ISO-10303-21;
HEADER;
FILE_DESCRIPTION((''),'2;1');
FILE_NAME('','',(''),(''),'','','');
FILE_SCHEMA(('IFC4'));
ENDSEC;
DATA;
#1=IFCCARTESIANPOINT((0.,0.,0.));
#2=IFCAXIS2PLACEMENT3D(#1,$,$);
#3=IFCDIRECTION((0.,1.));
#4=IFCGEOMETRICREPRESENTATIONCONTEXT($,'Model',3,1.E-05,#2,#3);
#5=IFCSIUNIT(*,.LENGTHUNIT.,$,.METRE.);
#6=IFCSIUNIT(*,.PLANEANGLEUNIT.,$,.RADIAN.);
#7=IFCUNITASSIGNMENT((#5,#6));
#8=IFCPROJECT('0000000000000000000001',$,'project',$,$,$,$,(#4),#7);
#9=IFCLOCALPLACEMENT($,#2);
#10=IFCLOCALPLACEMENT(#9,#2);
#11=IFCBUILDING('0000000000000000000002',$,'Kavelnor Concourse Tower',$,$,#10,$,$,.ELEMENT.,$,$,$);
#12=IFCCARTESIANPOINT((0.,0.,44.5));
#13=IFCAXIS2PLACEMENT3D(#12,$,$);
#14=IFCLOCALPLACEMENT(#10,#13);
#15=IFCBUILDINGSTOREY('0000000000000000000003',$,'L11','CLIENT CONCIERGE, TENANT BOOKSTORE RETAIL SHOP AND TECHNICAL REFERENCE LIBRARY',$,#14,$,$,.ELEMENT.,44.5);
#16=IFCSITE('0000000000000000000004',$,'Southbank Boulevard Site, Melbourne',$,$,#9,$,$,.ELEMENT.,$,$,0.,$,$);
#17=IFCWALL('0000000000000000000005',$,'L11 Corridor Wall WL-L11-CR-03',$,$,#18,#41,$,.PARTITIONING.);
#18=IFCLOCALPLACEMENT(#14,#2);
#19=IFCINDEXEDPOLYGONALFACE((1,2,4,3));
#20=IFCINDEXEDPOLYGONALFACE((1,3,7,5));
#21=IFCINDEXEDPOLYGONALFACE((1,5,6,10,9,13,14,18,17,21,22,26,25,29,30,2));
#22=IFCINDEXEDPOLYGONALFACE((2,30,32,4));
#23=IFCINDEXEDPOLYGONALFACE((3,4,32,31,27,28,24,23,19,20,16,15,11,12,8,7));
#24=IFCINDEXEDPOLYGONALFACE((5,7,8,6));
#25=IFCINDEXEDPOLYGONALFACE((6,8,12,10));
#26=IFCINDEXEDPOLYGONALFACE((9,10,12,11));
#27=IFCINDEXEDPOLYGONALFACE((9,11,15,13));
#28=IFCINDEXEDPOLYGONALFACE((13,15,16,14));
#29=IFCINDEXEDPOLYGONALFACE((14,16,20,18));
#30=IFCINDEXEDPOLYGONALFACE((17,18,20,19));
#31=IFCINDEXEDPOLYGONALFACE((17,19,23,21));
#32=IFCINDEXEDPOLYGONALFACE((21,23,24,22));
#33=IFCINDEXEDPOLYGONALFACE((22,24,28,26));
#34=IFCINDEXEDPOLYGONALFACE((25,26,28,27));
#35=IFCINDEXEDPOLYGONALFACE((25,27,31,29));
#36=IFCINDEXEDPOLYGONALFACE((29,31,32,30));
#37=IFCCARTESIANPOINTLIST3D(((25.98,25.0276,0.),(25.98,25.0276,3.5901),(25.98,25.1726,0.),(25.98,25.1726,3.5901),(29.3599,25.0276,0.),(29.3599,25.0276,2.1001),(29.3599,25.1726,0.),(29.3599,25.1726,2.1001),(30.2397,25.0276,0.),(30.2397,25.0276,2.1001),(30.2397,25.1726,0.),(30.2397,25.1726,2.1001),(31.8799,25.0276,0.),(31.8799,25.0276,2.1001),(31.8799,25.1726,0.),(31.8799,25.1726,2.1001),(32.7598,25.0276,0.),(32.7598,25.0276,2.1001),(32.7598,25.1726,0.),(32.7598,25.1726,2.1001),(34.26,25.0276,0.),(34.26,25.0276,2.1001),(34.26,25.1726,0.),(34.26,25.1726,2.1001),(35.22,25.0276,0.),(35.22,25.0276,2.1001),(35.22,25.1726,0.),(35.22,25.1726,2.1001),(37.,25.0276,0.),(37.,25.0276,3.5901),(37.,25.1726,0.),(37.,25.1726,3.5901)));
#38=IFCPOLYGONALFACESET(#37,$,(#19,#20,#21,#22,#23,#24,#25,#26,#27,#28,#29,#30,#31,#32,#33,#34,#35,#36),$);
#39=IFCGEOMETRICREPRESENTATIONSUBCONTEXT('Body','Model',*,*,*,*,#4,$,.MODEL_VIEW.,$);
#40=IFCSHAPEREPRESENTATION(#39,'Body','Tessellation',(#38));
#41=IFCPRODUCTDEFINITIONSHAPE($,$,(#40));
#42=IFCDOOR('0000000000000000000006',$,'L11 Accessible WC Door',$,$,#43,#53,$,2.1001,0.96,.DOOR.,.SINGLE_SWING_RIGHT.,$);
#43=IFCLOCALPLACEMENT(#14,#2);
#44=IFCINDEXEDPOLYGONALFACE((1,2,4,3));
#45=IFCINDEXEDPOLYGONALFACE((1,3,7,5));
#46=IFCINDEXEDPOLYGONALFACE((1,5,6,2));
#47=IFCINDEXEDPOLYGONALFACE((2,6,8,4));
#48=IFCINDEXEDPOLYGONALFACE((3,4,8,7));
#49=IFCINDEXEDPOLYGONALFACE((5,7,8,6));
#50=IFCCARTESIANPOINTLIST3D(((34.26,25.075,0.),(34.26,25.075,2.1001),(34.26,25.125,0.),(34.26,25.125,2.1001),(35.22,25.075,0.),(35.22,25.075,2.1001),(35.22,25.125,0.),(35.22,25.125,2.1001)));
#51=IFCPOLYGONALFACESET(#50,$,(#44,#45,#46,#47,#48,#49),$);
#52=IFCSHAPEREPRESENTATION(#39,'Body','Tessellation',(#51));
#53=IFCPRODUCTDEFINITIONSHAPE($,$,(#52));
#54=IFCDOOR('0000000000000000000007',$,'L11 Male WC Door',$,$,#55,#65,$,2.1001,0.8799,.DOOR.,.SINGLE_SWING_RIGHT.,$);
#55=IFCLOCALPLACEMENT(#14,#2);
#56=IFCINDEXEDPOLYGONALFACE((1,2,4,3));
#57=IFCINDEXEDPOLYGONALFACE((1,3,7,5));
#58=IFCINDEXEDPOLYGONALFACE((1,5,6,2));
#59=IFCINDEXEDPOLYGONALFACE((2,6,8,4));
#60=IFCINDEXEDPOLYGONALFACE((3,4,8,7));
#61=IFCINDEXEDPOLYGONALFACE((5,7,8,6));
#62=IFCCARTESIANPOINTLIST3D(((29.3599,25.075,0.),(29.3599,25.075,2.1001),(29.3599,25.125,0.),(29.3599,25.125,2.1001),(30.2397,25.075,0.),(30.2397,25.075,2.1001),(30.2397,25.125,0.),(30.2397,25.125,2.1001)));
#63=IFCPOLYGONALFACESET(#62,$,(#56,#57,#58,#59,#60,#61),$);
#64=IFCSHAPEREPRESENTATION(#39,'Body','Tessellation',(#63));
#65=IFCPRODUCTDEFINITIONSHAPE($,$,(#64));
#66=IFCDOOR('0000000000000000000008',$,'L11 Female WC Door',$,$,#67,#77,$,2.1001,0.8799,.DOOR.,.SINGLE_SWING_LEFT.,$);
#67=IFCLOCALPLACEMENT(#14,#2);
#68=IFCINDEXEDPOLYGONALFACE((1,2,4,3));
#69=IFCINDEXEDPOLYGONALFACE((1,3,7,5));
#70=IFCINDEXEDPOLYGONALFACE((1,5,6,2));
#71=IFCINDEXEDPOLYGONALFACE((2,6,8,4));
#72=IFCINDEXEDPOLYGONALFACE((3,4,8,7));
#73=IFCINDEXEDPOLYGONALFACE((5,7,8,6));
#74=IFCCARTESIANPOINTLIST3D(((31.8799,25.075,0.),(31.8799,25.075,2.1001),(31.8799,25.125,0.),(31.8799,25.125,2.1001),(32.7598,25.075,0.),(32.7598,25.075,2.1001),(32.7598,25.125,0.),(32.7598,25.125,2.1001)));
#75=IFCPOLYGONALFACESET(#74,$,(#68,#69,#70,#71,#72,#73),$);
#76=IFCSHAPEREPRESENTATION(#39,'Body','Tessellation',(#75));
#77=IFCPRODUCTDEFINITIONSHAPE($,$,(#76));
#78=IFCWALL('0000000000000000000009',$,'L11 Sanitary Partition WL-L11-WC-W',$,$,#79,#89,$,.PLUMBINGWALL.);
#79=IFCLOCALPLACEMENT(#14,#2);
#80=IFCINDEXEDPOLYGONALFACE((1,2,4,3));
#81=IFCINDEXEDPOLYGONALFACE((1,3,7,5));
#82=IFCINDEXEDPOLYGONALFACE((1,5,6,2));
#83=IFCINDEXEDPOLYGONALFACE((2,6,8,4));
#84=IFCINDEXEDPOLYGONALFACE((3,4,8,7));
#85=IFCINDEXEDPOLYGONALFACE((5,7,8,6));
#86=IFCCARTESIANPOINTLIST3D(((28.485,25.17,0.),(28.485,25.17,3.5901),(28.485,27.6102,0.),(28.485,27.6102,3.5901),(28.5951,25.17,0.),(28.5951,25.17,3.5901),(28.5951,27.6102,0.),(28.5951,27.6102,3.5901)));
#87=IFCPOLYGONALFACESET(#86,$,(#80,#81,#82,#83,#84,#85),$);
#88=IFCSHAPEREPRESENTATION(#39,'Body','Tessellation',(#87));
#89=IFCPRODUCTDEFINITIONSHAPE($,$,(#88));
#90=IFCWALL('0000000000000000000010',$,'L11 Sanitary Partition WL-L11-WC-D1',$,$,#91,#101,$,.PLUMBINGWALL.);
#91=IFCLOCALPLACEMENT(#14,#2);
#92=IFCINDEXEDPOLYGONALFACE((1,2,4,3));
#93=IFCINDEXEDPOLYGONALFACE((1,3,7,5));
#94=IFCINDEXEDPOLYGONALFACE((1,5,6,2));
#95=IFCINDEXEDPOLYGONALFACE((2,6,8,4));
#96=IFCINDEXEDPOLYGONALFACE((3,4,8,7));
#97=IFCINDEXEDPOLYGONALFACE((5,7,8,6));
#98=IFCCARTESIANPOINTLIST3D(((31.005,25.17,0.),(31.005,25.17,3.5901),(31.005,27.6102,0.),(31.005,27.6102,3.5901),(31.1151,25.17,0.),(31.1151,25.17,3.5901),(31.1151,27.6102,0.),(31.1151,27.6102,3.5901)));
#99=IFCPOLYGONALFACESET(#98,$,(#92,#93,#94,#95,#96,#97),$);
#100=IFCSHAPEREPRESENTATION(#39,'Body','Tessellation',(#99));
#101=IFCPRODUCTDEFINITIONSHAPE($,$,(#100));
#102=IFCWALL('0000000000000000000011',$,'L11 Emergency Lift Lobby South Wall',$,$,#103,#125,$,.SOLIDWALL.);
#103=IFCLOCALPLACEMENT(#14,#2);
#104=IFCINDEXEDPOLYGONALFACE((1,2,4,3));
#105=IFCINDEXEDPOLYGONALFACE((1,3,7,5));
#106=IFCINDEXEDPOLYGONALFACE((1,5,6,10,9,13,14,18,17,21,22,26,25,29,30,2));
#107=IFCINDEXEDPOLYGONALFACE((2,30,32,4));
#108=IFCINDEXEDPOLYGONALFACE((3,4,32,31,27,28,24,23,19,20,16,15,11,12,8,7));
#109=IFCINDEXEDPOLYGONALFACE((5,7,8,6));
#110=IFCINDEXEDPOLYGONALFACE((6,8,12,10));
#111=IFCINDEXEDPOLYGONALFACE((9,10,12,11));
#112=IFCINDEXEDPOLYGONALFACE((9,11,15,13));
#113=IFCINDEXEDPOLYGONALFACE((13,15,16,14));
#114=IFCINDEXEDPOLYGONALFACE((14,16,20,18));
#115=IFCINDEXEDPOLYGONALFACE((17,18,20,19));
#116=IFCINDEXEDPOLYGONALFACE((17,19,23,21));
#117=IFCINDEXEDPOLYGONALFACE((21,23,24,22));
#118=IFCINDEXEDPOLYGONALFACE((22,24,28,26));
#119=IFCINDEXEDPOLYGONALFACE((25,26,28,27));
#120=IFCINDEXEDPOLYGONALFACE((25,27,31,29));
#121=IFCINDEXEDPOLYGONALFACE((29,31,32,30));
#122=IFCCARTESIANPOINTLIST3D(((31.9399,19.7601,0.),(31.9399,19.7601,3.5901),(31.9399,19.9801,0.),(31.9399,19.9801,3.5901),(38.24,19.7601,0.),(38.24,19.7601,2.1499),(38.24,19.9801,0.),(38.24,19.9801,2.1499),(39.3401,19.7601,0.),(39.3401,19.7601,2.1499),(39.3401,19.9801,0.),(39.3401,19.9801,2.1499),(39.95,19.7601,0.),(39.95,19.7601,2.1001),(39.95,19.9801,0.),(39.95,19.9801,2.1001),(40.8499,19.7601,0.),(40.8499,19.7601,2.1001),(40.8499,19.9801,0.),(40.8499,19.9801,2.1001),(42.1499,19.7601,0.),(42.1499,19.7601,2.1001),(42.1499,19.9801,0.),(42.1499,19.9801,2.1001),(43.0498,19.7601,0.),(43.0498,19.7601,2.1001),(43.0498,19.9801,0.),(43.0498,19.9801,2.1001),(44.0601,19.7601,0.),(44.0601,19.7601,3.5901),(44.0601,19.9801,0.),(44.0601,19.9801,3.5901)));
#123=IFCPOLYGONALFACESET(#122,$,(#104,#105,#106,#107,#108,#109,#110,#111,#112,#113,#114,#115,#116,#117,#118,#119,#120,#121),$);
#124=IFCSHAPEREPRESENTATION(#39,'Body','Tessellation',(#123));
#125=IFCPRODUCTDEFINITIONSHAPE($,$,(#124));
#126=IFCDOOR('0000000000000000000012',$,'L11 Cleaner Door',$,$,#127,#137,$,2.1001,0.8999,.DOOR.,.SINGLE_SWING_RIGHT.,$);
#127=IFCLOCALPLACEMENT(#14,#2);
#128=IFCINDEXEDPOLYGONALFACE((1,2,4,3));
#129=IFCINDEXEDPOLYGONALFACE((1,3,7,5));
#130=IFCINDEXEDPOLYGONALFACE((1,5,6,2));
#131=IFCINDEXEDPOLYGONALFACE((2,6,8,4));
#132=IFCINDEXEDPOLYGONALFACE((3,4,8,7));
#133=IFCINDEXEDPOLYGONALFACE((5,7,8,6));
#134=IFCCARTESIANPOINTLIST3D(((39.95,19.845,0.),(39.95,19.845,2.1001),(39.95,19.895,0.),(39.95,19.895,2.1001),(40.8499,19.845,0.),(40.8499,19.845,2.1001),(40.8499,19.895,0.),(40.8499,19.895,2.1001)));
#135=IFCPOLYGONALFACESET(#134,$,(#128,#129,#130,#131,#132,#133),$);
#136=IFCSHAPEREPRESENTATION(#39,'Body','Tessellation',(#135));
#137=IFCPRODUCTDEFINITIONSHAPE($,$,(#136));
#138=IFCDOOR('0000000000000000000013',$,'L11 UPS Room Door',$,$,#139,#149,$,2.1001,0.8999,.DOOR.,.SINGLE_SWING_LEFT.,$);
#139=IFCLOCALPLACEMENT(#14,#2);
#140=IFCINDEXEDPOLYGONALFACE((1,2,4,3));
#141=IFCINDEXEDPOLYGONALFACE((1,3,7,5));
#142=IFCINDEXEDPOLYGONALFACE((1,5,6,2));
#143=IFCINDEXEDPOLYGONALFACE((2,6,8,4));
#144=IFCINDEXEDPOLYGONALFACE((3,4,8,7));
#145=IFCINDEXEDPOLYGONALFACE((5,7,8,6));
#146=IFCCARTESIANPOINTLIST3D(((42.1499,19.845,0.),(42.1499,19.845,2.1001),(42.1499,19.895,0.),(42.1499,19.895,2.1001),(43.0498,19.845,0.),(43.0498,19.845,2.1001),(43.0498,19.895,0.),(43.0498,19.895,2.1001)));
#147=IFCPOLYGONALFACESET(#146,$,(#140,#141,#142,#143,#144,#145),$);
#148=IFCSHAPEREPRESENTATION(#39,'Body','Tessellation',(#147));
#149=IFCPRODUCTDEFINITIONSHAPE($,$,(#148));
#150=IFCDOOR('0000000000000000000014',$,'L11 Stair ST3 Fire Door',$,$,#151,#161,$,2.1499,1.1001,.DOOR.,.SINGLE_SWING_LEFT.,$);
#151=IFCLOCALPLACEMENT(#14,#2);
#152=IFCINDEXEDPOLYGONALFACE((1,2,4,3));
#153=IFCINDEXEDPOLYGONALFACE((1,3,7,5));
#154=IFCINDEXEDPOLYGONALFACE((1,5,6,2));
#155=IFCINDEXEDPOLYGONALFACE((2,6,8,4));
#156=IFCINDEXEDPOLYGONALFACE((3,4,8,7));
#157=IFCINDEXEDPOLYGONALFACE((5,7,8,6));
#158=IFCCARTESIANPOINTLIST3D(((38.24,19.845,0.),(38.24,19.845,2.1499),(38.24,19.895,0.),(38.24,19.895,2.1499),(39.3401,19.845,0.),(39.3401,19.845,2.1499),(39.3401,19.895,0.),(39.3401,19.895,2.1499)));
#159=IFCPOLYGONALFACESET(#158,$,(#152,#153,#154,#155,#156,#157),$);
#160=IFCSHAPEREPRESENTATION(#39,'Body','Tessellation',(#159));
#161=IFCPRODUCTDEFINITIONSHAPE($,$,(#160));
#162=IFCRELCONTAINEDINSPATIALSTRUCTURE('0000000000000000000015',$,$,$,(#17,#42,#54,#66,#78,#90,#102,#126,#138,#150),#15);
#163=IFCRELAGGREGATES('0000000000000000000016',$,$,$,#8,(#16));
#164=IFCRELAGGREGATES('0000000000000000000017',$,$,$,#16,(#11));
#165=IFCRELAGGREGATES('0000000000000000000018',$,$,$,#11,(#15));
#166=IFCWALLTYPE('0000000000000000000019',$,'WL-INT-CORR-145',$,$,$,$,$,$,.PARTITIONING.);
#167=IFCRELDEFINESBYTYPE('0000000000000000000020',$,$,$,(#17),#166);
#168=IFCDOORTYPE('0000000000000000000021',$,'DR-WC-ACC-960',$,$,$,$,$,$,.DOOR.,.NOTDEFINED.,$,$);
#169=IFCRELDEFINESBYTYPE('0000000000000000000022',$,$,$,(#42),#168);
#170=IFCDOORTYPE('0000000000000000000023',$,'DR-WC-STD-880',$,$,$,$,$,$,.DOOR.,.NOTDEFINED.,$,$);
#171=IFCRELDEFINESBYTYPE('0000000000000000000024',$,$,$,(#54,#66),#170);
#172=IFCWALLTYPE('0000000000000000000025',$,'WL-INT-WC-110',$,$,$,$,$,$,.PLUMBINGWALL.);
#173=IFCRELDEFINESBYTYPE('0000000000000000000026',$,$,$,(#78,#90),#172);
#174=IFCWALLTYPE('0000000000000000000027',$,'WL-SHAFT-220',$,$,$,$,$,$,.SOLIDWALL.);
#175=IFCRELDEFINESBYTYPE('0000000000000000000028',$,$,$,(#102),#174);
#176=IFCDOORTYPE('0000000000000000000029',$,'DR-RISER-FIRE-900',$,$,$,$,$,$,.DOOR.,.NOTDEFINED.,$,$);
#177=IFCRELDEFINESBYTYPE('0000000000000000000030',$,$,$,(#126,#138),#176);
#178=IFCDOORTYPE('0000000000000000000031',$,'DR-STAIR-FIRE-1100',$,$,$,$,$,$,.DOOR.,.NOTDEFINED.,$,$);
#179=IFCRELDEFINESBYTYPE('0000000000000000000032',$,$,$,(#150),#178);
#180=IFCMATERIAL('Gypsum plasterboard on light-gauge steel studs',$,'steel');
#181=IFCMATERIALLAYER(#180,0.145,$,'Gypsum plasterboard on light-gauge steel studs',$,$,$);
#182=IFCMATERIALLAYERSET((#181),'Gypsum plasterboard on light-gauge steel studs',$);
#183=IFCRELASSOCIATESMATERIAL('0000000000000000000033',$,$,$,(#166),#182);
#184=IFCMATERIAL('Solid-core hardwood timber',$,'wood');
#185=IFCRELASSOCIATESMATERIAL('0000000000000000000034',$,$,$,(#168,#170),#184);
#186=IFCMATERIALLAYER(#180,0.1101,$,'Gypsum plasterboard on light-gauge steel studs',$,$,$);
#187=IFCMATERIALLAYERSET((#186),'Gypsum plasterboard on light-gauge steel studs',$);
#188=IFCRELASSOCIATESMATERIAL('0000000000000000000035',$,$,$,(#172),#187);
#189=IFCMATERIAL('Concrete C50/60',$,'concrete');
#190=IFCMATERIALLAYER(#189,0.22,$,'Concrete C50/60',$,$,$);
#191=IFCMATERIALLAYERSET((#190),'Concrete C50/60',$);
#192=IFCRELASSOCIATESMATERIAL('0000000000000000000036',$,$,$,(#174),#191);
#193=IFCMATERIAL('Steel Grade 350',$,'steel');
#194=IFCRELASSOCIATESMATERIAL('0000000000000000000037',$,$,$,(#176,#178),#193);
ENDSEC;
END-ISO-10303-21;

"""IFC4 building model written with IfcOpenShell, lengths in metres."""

from ifc_helpers import new_model, si_unit, direction, frame, frame_2d, origin, place, context, subcontext, project, spatial, rectangle, extrude, material, layer, layer_set, type_object, element, fill, save


model = new_model("IFC4")

# Units and contexts
model_context = context("Model", 3, precision=1e-05, world=origin(), true_north=direction((0.0, 1.0)))
body_context = subcontext(model_context, "Body", "Model", "MODEL_VIEW")
ifc_project = project(units=[si_unit("LENGTHUNIT", "METRE"), si_unit("PLANEANGLEUNIT", "RADIAN")], contexts=[model_context])

# Site, building, storey
site_placement = place(None, origin())
site = spatial("IfcSite", under=ifc_project, at=site_placement, Name="Southbank Boulevard Site, Melbourne", CompositionType="ELEMENT", RefElevation=0.0)
building_placement = place(site_placement, origin())
building = spatial("IfcBuilding", under=site, at=building_placement, Name="Kavelnor Concourse Tower", CompositionType="ELEMENT")
storey_placement = place(building_placement, frame((0.0, 0.0, 44.5)))
storey = spatial("IfcBuildingStorey", under=building, at=storey_placement, Name="L11", Description="CLIENT CONCIERGE, TENANT BOOKSTORE RETAIL SHOP AND TECHNICAL REFERENCE LIBRARY", CompositionType="ELEMENT", Elevation=44.5)

# Shared definitions
ifc_material_1 = material(Name="Steel Grade 350", Category="steel")

# Wall, openings, doors
ifc_material_2 = material(Name="Gypsum plasterboard on light-gauge steel studs", Category="steel")
ifc_layer_1 = layer(ifc_material_2, 0.145, Name="Gypsum plasterboard on light-gauge steel studs")
ifc_layer_set_1 = layer_set([ifc_layer_1], Name="Gypsum plasterboard on light-gauge steel studs")
wall_type_1 = type_object("IfcWallType", Name="WL-INT-CORR-145", PredefinedType="PARTITIONING", material=ifc_layer_set_1)
wall_1_placement = place(storey_placement, frame((25.98, 25.1001, 0.0), z_axis=(0.0, 0.0, 1.0), x_axis=(1.0, 0.0, 0.0)))
wall_1 = element("IfcWall", 1, at=wall_1_placement, inside=storey, type_object=wall_type_1, Name="L11 Corridor Wall WL-L11-CR-03", PredefinedType="PARTITIONING", context=body_context, shape_type="SweptSolid", body=[
    extrude(rectangle(XDim=11.02, YDim=0.145, at=frame_2d((5.51, 0.0))), origin(), (0.0, 0.0, 1.0), 3.5901),
])
opening_1_placement = place(wall_1_placement, frame((3.3799, 0.0, 0.0)))
opening_1 = element("IfcOpeningElement", 2, at=opening_1_placement, cuts=wall_1, PredefinedType="OPENING", context=body_context, shape_type="SweptSolid", body=[
    extrude(rectangle(XDim=0.8799, YDim=2.1001, at=frame_2d((0.4399, 1.05))), frame((0.0, 0.0825, 0.0), z_axis=(0.0, -1.0, 0.0), x_axis=(1.0, 0.0, 0.0)), (0.0, 0.0, 1.0), 0.165),
])
opening_2_placement = place(wall_1_placement, frame((5.8999, 0.0, 0.0)))
opening_2 = element("IfcOpeningElement", 3, at=opening_2_placement, cuts=wall_1, PredefinedType="OPENING", context=body_context, shape_type="SweptSolid", body=[
    extrude(rectangle(XDim=0.8799, YDim=2.1001, at=frame_2d((0.4399, 1.05))), frame((0.0, 0.0825, 0.0), z_axis=(0.0, -1.0, 0.0), x_axis=(1.0, 0.0, 0.0)), (0.0, 0.0, 1.0), 0.165),
])
opening_3_placement = place(wall_1_placement, frame((8.28, 0.0, 0.0)))
opening_3 = element("IfcOpeningElement", 4, at=opening_3_placement, cuts=wall_1, PredefinedType="OPENING", context=body_context, shape_type="SweptSolid", body=[
    extrude(rectangle(XDim=0.96, YDim=2.1001, at=frame_2d((0.48, 1.05))), frame((0.0, 0.0825, 0.0), z_axis=(0.0, -1.0, 0.0), x_axis=(1.0, 0.0, 0.0)), (0.0, 0.0, 1.0), 0.165),
])
ifc_material_3 = material(Name="Solid-core hardwood timber", Category="wood")
door_type_1 = type_object("IfcDoorType", Name="DR-WC-ACC-960", OperationType="NOTDEFINED", PredefinedType="DOOR", material=ifc_material_3)
door_1_placement = place(opening_3_placement, origin())
door_1 = element("IfcDoor", 5, at=door_1_placement, inside=storey, type_object=door_type_1, Name="L11 Accessible WC Door", OperationType="SINGLE_SWING_RIGHT", OverallHeight=2.1001, OverallWidth=0.96, PredefinedType="DOOR", context=body_context, shape_type="SweptSolid", body=[
    extrude(rectangle(XDim=0.96, YDim=2.1001, at=frame_2d((0.48, 1.05))), frame((0.0, 0.0249, 0.0), z_axis=(0.0, -1.0, 0.0), x_axis=(1.0, 0.0, 0.0)), (0.0, 0.0, 1.0), 0.05),
])
fill(opening_3, door_1)
door_type_2 = type_object("IfcDoorType", Name="DR-WC-STD-880", OperationType="NOTDEFINED", PredefinedType="DOOR", material=ifc_material_3)
door_2_placement = place(opening_1_placement, origin())
door_2 = element("IfcDoor", 6, at=door_2_placement, inside=storey, type_object=door_type_2, Name="L11 Male WC Door", OperationType="SINGLE_SWING_RIGHT", OverallHeight=2.1001, OverallWidth=0.8799, PredefinedType="DOOR", context=body_context, shape_type="SweptSolid", body=[
    extrude(rectangle(XDim=0.8799, YDim=2.1001, at=frame_2d((0.4399, 1.05))), frame((0.0, 0.0249, 0.0), z_axis=(0.0, -1.0, 0.0), x_axis=(1.0, 0.0, 0.0)), (0.0, 0.0, 1.0), 0.05),
])
fill(opening_1, door_2)
door_3_placement = place(opening_2_placement, origin())
door_3 = element("IfcDoor", 7, at=door_3_placement, inside=storey, type_object=door_type_2, Name="L11 Female WC Door", OperationType="SINGLE_SWING_LEFT", OverallHeight=2.1001, OverallWidth=0.8799, PredefinedType="DOOR", context=body_context, shape_type="SweptSolid", body=[
    extrude(rectangle(XDim=0.8799, YDim=2.1001, at=frame_2d((0.4399, 1.05))), frame((0.0, 0.0249, 0.0), z_axis=(0.0, -1.0, 0.0), x_axis=(1.0, 0.0, 0.0)), (0.0, 0.0, 1.0), 0.05),
])
fill(opening_2, door_3)

# Walls
ifc_layer_2 = layer(ifc_material_2, 0.1101, Name="Gypsum plasterboard on light-gauge steel studs")
ifc_layer_set_2 = layer_set([ifc_layer_2], Name="Gypsum plasterboard on light-gauge steel studs")
wall_type_2 = type_object("IfcWallType", Name="WL-INT-WC-110", PredefinedType="PLUMBINGWALL", material=ifc_layer_set_2)
for number, where, z_axis, x_axis, name in (
    (8, (28.54, 25.1699, 0.0), (0.0, 0.0, 1.0), (0.0, 1.0, 0.0), "L11 Sanitary Partition WL-L11-WC-W"),
    (9, (31.0601, 25.1699, 0.0), (0.0, 0.0, 1.0), (0.0, 1.0, 0.0), "L11 Sanitary Partition WL-L11-WC-D1"),
):
    element("IfcWall", number, at=place(storey_placement, frame(where, z_axis=z_axis, x_axis=x_axis)), inside=storey, type_object=wall_type_2, Name=name, PredefinedType="PLUMBINGWALL", context=body_context, shape_type="SweptSolid", body=[
        extrude(rectangle(XDim=2.4402, YDim=0.1101, at=frame_2d((1.2202, 0.0))), origin(), (0.0, 0.0, 1.0), 3.5901),
    ])

# Wall, openings, doors
ifc_material_4 = material(Name="Concrete C50/60", Category="concrete")
ifc_layer_3 = layer(ifc_material_4, 0.22, Name="Concrete C50/60")
ifc_layer_set_3 = layer_set([ifc_layer_3], Name="Concrete C50/60")
wall_type_3 = type_object("IfcWallType", Name="WL-SHAFT-220", PredefinedType="SOLIDWALL", material=ifc_layer_set_3)
wall_2_placement = place(storey_placement, frame((31.9399, 19.8701, 0.0), z_axis=(0.0, 0.0, 1.0), x_axis=(1.0, 0.0, 0.0)))
wall_2 = element("IfcWall", 10, at=wall_2_placement, inside=storey, type_object=wall_type_3, Name="L11 Emergency Lift Lobby South Wall", PredefinedType="SOLIDWALL", context=body_context, shape_type="SweptSolid", body=[
    extrude(rectangle(XDim=12.1201, YDim=0.22, at=frame_2d((6.0601, 0.0))), origin(), (0.0, 0.0, 1.0), 3.5901),
])
opening_4_placement = place(wall_2_placement, frame((6.3, 0.0, 0.0)))
opening_4 = element("IfcOpeningElement", 11, at=opening_4_placement, cuts=wall_2, PredefinedType="OPENING", context=body_context, shape_type="SweptSolid", body=[
    extrude(rectangle(XDim=1.1001, YDim=2.1499, at=frame_2d((0.55, 1.075))), frame((0.0, 0.1201, 0.0), z_axis=(0.0, -1.0, 0.0), x_axis=(1.0, 0.0, 0.0)), (0.0, 0.0, 1.0), 0.24),
])
opening_5_placement = place(wall_2_placement, frame((8.01, 0.0, 0.0)))
opening_5 = element("IfcOpeningElement", 12, at=opening_5_placement, cuts=wall_2, PredefinedType="OPENING", context=body_context, shape_type="SweptSolid", body=[
    extrude(rectangle(XDim=0.8999, YDim=2.1001, at=frame_2d((0.45, 1.05))), frame((0.0, 0.1201, 0.0), z_axis=(0.0, -1.0, 0.0), x_axis=(1.0, 0.0, 0.0)), (0.0, 0.0, 1.0), 0.24),
])
opening_6_placement = place(wall_2_placement, frame((10.21, 0.0, 0.0)))
opening_6 = element("IfcOpeningElement", 13, at=opening_6_placement, cuts=wall_2, PredefinedType="OPENING", context=body_context, shape_type="SweptSolid", body=[
    extrude(rectangle(XDim=0.8999, YDim=2.1001, at=frame_2d((0.45, 1.05))), frame((0.0, 0.1201, 0.0), z_axis=(0.0, -1.0, 0.0), x_axis=(1.0, 0.0, 0.0)), (0.0, 0.0, 1.0), 0.24),
])
door_type_3 = type_object("IfcDoorType", Name="DR-RISER-FIRE-900", OperationType="NOTDEFINED", PredefinedType="DOOR", material=ifc_material_1)
door_4_placement = place(opening_5_placement, origin())
door_4 = element("IfcDoor", 14, at=door_4_placement, inside=storey, type_object=door_type_3, Name="L11 Cleaner Door", OperationType="SINGLE_SWING_RIGHT", OverallHeight=2.1001, OverallWidth=0.8999, PredefinedType="DOOR", context=body_context, shape_type="SweptSolid", body=[
    extrude(rectangle(XDim=0.8999, YDim=2.1001, at=frame_2d((0.45, 1.05))), frame((0.0, 0.0249, 0.0), z_axis=(0.0, -1.0, 0.0), x_axis=(1.0, 0.0, 0.0)), (0.0, 0.0, 1.0), 0.05),
])
fill(opening_5, door_4)
door_5_placement = place(opening_6_placement, origin())
door_5 = element("IfcDoor", 15, at=door_5_placement, inside=storey, type_object=door_type_3, Name="L11 UPS Room Door", OperationType="SINGLE_SWING_LEFT", OverallHeight=2.1001, OverallWidth=0.8999, PredefinedType="DOOR", context=body_context, shape_type="SweptSolid", body=[
    extrude(rectangle(XDim=0.8999, YDim=2.1001, at=frame_2d((0.45, 1.05))), frame((0.0, 0.0249, 0.0), z_axis=(0.0, -1.0, 0.0), x_axis=(1.0, 0.0, 0.0)), (0.0, 0.0, 1.0), 0.05),
])
fill(opening_6, door_5)
door_type_4 = type_object("IfcDoorType", Name="DR-STAIR-FIRE-1100", OperationType="NOTDEFINED", PredefinedType="DOOR", material=ifc_material_1)
door_6_placement = place(opening_4_placement, origin())
door_6 = element("IfcDoor", 16, at=door_6_placement, inside=storey, type_object=door_type_4, Name="L11 Stair ST3 Fire Door", OperationType="SINGLE_SWING_LEFT", OverallHeight=2.1499, OverallWidth=1.1001, PredefinedType="DOOR", context=body_context, shape_type="SweptSolid", body=[
    extrude(rectangle(XDim=1.1001, YDim=2.1499, at=frame_2d((0.55, 1.075))), frame((0.0, 0.0249, 0.0), z_axis=(0.0, -1.0, 0.0), x_axis=(1.0, 0.0, 0.0)), (0.0, 0.0, 1.0), 0.05),
])
fill(opening_4, door_6)

save(model, "model.ifc")
